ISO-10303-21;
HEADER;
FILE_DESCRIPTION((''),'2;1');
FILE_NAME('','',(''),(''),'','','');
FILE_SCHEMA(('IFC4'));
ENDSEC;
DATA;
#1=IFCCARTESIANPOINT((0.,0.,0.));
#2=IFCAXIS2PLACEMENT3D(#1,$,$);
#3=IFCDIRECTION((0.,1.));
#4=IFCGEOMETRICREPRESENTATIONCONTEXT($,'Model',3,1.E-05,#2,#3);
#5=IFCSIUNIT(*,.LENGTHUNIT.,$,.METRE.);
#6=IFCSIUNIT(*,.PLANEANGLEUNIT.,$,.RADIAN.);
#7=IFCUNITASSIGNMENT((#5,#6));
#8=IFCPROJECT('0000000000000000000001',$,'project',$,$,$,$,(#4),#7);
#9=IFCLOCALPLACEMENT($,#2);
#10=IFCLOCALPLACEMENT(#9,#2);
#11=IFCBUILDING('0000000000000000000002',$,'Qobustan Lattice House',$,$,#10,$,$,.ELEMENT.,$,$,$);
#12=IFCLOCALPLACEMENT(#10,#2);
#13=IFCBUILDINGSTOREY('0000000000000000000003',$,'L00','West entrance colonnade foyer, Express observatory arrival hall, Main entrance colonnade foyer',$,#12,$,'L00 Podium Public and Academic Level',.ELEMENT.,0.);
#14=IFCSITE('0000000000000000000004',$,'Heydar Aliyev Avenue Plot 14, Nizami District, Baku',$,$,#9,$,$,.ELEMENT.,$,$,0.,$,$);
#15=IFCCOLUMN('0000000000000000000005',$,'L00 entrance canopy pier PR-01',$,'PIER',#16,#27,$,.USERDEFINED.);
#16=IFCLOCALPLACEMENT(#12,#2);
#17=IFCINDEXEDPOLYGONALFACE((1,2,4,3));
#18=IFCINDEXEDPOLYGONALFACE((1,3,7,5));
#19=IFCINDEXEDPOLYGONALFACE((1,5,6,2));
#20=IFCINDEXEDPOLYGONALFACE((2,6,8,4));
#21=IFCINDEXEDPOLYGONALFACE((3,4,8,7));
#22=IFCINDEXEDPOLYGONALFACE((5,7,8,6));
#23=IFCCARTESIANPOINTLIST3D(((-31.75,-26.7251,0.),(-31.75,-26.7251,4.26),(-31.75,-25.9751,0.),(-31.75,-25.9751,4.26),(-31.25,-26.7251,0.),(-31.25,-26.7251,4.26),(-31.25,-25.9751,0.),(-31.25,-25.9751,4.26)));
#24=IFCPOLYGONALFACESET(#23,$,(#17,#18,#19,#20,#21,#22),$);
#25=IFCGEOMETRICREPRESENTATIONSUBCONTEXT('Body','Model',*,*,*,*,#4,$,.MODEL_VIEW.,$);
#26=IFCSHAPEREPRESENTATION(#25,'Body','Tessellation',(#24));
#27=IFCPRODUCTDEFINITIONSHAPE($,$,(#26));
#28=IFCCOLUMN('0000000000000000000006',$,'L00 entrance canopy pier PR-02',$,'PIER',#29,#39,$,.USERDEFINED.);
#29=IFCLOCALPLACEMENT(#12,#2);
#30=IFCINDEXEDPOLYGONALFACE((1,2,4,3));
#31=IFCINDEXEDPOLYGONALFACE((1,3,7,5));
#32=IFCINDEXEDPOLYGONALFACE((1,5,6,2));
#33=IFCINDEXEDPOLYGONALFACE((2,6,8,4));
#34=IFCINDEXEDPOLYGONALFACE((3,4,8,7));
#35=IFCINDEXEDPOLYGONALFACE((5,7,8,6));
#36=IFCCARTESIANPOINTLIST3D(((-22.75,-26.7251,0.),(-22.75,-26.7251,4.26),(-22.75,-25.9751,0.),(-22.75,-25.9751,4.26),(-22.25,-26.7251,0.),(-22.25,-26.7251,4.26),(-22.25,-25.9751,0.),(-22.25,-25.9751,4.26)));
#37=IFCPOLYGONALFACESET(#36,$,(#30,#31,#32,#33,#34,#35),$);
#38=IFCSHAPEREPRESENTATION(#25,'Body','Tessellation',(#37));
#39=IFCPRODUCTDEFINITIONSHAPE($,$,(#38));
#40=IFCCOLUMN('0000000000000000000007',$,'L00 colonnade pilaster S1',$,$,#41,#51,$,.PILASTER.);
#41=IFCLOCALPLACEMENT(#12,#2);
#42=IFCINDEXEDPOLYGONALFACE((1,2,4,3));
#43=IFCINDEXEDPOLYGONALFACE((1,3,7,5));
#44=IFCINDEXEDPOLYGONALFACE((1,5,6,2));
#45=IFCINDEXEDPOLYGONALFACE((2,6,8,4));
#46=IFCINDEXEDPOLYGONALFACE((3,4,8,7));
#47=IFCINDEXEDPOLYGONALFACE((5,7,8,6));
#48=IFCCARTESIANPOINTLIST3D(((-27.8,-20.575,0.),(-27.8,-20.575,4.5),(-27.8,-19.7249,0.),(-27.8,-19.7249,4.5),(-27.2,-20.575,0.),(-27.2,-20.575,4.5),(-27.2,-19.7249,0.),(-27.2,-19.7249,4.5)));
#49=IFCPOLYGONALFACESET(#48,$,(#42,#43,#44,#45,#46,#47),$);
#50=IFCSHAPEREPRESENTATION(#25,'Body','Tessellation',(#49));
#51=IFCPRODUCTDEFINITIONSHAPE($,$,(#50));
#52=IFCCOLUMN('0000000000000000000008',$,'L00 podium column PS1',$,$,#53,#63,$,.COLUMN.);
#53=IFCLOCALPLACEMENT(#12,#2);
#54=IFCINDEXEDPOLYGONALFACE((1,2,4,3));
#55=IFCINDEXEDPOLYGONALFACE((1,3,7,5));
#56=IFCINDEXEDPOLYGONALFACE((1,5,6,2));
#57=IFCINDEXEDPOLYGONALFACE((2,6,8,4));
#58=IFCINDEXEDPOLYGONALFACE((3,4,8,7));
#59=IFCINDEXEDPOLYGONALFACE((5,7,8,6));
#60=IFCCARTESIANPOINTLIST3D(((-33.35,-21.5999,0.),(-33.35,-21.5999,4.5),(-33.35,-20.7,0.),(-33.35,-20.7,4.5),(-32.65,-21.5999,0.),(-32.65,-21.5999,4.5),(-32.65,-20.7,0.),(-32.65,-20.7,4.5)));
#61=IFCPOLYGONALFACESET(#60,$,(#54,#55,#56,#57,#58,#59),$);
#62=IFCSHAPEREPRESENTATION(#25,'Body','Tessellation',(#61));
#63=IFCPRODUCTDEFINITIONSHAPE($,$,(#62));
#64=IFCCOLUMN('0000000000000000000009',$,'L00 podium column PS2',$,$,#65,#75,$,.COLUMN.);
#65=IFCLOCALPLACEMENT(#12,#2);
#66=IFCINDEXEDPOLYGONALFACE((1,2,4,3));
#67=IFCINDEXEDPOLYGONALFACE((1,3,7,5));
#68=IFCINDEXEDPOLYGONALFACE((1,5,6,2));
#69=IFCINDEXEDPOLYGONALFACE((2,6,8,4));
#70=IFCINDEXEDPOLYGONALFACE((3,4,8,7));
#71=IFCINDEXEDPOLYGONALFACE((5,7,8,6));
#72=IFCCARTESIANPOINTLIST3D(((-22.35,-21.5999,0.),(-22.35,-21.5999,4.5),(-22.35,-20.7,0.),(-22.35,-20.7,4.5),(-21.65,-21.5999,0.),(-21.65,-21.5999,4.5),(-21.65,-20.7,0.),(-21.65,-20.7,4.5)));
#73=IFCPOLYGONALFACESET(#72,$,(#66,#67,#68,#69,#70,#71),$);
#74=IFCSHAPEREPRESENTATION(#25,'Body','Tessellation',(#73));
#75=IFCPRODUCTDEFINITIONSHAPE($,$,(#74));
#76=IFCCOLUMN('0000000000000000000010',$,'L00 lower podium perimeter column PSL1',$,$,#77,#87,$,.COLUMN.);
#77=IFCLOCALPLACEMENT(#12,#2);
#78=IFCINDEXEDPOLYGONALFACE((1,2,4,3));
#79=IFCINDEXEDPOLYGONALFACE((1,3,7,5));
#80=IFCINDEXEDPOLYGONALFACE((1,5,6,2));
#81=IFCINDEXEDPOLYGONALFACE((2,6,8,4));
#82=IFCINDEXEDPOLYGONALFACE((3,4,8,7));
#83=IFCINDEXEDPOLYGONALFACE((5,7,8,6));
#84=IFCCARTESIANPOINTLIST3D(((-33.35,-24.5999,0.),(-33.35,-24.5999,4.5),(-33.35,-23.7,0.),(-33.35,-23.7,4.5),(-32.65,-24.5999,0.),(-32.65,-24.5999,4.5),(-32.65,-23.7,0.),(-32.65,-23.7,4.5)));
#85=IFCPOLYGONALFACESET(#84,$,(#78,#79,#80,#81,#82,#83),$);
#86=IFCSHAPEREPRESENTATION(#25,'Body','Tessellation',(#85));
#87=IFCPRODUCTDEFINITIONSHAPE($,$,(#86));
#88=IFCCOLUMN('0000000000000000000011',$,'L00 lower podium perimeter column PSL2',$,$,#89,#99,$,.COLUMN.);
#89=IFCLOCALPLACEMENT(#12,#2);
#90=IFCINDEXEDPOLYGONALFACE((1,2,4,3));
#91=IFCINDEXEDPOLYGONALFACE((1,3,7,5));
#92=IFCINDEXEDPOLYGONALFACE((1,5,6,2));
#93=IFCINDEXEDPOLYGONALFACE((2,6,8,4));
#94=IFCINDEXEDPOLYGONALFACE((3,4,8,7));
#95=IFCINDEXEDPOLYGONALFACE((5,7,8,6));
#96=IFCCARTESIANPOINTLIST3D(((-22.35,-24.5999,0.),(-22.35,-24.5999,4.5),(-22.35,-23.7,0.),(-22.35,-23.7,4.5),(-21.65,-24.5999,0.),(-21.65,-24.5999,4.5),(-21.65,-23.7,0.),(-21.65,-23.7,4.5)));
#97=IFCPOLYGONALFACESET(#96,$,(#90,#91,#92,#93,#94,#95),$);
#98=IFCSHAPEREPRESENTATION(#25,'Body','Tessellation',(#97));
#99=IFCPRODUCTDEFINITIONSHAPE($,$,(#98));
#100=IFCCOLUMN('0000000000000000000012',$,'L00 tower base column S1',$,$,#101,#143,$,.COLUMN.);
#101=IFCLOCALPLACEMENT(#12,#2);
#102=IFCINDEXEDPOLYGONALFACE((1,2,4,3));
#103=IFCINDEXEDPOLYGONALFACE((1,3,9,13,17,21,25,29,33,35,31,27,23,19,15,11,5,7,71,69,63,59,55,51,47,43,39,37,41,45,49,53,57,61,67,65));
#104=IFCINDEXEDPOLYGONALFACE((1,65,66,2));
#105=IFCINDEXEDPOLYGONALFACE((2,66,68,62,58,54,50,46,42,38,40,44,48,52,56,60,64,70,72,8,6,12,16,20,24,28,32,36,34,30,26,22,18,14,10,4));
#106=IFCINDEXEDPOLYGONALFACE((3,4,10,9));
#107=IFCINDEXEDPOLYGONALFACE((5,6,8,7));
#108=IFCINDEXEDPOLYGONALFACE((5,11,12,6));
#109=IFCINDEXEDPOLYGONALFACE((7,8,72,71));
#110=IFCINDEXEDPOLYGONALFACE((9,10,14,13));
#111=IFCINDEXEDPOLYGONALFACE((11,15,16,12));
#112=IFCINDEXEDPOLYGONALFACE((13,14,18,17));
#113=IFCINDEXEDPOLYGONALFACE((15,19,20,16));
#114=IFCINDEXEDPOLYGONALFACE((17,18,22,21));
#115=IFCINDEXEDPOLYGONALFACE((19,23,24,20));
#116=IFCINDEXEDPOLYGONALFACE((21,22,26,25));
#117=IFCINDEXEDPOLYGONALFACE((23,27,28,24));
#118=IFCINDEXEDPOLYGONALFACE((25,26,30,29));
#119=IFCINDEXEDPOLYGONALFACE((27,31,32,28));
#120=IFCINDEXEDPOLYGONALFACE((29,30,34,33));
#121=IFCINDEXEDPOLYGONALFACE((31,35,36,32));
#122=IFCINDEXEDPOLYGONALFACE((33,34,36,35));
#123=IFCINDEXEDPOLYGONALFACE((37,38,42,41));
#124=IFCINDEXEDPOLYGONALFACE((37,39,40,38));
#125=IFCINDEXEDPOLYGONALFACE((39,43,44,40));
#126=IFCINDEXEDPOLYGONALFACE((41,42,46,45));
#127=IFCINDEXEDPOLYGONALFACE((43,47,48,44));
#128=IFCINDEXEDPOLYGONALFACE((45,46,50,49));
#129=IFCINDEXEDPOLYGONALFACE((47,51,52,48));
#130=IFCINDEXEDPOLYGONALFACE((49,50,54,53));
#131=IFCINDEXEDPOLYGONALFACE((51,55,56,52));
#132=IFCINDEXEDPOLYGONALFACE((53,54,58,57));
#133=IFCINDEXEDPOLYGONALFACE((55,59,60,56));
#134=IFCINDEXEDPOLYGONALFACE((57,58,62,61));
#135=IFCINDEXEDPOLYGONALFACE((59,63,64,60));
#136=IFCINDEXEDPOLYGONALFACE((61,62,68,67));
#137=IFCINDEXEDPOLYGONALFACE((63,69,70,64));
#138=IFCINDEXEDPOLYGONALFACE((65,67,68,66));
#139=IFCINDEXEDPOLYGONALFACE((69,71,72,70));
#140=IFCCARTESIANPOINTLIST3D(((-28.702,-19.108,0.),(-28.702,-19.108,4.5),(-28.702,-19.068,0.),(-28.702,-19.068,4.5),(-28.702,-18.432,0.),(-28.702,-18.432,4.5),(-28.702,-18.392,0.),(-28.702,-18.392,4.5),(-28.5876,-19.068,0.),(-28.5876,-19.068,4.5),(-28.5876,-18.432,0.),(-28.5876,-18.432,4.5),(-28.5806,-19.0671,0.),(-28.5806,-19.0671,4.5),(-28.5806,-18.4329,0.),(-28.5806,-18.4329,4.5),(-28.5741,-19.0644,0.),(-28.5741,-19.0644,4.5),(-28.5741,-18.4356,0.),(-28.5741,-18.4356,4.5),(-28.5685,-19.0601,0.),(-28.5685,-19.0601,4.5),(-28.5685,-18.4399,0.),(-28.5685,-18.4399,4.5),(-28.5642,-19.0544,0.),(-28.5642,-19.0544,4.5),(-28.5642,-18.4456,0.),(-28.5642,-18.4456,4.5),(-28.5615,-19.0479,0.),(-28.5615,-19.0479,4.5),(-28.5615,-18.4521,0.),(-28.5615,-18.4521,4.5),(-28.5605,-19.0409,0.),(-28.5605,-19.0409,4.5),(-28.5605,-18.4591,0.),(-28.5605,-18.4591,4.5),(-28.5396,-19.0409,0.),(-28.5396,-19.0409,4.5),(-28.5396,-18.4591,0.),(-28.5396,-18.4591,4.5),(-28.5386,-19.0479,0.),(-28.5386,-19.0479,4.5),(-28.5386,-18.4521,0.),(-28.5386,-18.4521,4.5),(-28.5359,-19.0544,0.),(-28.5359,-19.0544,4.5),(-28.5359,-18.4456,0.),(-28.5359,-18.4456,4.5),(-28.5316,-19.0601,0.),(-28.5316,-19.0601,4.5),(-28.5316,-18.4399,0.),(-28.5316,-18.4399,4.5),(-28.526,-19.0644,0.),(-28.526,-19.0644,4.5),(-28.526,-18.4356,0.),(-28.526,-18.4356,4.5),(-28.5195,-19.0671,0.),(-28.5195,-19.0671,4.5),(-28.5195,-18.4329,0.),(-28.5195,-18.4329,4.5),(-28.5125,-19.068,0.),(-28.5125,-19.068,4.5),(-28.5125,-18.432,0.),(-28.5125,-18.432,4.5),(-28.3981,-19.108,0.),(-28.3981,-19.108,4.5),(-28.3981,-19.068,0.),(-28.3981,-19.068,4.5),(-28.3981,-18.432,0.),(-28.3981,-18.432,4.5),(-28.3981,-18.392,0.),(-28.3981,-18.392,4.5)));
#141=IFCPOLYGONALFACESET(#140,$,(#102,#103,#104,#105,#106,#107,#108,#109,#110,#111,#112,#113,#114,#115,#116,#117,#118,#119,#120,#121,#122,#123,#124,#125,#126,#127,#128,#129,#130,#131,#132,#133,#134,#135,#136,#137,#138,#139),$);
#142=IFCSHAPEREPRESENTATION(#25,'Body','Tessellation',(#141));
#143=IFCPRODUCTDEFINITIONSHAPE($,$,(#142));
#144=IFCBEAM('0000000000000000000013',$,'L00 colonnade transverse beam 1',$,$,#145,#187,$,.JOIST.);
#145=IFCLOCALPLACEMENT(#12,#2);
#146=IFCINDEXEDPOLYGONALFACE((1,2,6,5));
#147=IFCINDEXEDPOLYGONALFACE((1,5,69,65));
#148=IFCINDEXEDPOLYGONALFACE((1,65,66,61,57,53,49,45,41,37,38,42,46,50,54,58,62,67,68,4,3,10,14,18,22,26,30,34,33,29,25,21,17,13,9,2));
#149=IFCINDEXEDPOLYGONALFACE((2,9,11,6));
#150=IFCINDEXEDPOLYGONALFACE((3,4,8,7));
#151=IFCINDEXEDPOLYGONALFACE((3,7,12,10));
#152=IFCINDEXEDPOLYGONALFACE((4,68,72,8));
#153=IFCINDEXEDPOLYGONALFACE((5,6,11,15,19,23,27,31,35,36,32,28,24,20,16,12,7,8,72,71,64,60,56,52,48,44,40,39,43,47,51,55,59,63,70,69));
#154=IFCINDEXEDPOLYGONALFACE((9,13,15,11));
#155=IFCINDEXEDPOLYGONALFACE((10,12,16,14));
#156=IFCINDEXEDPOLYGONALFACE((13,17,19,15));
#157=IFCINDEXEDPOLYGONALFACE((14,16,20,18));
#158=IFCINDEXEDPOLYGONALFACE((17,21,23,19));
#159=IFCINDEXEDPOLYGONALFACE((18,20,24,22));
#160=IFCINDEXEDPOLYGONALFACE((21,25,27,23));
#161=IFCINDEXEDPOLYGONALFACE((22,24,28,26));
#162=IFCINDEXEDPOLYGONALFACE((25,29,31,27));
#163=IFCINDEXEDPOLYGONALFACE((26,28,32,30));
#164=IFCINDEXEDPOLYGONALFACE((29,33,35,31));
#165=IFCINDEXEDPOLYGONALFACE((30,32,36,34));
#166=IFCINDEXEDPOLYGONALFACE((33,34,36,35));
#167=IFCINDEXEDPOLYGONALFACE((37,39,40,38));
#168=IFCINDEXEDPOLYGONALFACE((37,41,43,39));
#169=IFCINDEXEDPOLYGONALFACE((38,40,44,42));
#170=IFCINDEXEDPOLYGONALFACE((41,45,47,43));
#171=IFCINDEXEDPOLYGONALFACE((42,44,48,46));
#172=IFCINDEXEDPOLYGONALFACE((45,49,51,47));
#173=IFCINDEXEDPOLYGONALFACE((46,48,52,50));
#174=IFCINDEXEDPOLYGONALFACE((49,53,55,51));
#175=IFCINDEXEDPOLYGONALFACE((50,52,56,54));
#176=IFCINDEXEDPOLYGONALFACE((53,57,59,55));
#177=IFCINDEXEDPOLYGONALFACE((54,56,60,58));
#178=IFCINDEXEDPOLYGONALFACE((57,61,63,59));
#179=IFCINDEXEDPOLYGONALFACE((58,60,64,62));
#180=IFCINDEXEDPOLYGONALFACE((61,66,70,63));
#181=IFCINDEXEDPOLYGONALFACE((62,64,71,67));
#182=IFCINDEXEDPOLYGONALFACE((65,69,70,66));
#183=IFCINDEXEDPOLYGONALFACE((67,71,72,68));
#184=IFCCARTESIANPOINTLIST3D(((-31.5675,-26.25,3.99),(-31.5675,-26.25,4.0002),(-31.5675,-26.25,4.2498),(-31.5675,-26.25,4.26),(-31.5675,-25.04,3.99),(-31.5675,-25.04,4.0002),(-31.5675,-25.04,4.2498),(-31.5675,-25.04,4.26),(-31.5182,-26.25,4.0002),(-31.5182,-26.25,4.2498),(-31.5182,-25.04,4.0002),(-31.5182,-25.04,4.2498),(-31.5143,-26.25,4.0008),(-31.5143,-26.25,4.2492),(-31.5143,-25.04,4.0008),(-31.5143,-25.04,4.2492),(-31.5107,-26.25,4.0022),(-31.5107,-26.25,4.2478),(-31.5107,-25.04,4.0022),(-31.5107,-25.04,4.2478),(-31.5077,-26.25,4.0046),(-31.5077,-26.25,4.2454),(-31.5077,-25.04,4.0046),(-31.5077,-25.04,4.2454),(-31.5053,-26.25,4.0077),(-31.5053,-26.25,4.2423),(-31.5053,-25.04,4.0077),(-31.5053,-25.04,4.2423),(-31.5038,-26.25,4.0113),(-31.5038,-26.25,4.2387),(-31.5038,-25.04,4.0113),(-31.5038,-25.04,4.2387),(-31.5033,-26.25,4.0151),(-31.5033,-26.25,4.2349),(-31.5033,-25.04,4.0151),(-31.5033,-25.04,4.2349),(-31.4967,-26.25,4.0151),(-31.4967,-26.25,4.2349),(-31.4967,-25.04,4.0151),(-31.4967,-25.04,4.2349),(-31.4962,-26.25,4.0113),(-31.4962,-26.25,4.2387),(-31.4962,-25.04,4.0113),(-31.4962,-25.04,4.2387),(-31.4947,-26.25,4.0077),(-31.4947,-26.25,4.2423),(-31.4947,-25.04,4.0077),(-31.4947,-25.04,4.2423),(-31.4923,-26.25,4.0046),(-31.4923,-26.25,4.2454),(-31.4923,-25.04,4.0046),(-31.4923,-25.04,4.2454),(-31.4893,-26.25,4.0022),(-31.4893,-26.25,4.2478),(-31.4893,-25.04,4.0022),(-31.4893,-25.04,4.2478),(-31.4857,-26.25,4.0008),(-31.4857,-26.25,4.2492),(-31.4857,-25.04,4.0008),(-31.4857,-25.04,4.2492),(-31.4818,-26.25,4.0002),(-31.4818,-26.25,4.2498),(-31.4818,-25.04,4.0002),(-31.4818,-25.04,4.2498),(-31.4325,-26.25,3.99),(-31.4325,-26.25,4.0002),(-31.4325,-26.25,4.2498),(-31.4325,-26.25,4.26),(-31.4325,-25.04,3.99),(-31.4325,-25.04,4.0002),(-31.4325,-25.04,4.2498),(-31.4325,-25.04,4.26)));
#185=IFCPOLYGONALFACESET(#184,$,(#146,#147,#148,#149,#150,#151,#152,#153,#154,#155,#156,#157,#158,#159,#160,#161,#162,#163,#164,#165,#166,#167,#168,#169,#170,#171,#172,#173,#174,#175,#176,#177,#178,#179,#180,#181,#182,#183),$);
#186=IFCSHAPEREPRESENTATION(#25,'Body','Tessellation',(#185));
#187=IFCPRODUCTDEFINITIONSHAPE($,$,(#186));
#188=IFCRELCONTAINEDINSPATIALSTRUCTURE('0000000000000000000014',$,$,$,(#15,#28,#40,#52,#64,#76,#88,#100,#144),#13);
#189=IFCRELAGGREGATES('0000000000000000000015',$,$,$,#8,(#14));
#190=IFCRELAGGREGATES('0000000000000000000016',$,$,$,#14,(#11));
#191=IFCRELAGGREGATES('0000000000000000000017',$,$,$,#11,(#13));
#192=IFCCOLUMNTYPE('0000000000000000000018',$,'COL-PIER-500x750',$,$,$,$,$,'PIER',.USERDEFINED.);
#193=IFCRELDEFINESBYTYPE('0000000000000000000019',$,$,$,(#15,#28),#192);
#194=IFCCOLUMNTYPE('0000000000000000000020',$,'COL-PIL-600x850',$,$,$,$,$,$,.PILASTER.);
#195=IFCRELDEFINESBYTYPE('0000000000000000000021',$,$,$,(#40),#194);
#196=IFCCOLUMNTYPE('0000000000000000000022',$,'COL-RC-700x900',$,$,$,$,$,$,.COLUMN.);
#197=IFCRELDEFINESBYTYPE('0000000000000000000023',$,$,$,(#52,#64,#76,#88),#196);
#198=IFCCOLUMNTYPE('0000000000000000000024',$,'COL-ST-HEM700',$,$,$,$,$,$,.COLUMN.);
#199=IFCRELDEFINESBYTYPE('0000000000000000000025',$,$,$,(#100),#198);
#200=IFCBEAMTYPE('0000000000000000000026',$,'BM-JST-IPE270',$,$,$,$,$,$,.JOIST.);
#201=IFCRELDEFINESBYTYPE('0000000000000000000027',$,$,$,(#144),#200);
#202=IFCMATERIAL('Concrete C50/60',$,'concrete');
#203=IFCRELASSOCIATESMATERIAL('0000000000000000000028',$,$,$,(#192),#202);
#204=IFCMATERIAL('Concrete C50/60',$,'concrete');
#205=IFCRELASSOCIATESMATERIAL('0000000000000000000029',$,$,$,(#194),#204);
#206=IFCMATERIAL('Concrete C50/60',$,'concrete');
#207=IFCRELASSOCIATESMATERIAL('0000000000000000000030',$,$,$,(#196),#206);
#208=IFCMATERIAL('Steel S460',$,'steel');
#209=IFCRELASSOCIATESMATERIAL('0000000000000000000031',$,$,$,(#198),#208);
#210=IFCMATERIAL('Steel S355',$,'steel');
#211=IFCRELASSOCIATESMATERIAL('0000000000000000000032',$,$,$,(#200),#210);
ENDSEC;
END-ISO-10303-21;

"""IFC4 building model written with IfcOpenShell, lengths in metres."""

from ifc_helpers import new_model, si_unit, direction, frame, origin, origin_2d, place, context, subcontext, project, spatial, rectangle, i_section, extrude, material, material_profile, profile_set, type_object, element, save


model = new_model("IFC4")

# Units and contexts
model_context = context("Model", 3, precision=1e-05, world=origin(), true_north=direction((0.0, 1.0)))
body_context = subcontext(model_context, "Body", "Model", "MODEL_VIEW")
ifc_project = project(units=[si_unit("LENGTHUNIT", "METRE"), si_unit("PLANEANGLEUNIT", "RADIAN")], contexts=[model_context])

# Site, building, storey
site_placement = place(None, origin())
site = spatial("IfcSite", under=ifc_project, at=site_placement, Name="Heydar Aliyev Avenue Plot 14, Nizami District, Baku", CompositionType="ELEMENT", RefElevation=0.0)
building_placement = place(site_placement, origin())
building = spatial("IfcBuilding", under=site, at=building_placement, Name="Qobustan Lattice House", CompositionType="ELEMENT")
storey_placement = place(building_placement, origin())
storey = spatial("IfcBuildingStorey", under=building, at=storey_placement, Name="L00", Description="West entrance colonnade foyer, Express observatory arrival hall, Main entrance colonnade foyer", LongName="L00 Podium Public and Academic Level", CompositionType="ELEMENT", Elevation=0.0)

# Columns
ifc_material_1 = material(Name="Concrete C50/60", Category="concrete")
ifc_material_profile_1 = material_profile(ifc_material_1, rectangle(XDim=0.5, YDim=0.75, at=origin_2d()), Name="RC500x750")
ifc_profile_set_1 = profile_set([ifc_material_profile_1], Name="Concrete C50/60")
column_type_1 = type_object("IfcColumnType", Name="COL-PIER-500x750", ElementType="PIER", PredefinedType="USERDEFINED", material=ifc_profile_set_1)
for number, where, z_axis, x_axis, name in (
    (1, (-31.5, -26.3501, 0.0), (0.0, 0.0, 1.0), (1.0, 0.0, 0.0), "L00 entrance canopy pier PR-01"),
    (2, (-22.5, -26.3501, 0.0), (0.0, 0.0, 1.0), (1.0, 0.0, 0.0), "L00 entrance canopy pier PR-02"),
):
    element("IfcColumn", number, at=place(storey_placement, frame(where, z_axis=z_axis, x_axis=x_axis)), inside=storey, type_object=column_type_1, Name=name, ObjectType="PIER", PredefinedType="USERDEFINED", context=body_context, shape_type="SweptSolid", body=[
        extrude(rectangle(XDim=0.5, YDim=0.75, at=origin_2d()), origin(), (0.0, 0.0, 1.0), 4.26),
    ])
ifc_material_2 = material(Name="Concrete C50/60", Category="concrete")
ifc_material_profile_2 = material_profile(ifc_material_2, rectangle(XDim=0.6001, YDim=0.8501, at=origin_2d()), Name="RC600x850")
ifc_profile_set_2 = profile_set([ifc_material_profile_2], Name="Concrete C50/60")
column_type_2 = type_object("IfcColumnType", Name="COL-PIL-600x850", PredefinedType="PILASTER", material=ifc_profile_set_2)
column_1_placement = place(storey_placement, frame((-27.5, -20.1499, 0.0), z_axis=(0.0, 0.0, 1.0), x_axis=(1.0, 0.0, 0.0)))
element("IfcColumn", 3, at=column_1_placement, inside=storey, type_object=column_type_2, Name="L00 colonnade pilaster S1", PredefinedType="PILASTER", context=body_context, shape_type="SweptSolid", body=[
    extrude(rectangle(XDim=0.6001, YDim=0.8501, at=origin_2d()), origin(), (0.0, 0.0, 1.0), 4.5),
])
ifc_material_3 = material(Name="Concrete C50/60", Category="concrete")
ifc_material_profile_3 = material_profile(ifc_material_3, rectangle(XDim=0.7, YDim=0.8999, at=origin_2d()), Name="RC700x900")
ifc_profile_set_3 = profile_set([ifc_material_profile_3], Name="Concrete C50/60")
column_type_3 = type_object("IfcColumnType", Name="COL-RC-700x900", PredefinedType="COLUMN", material=ifc_profile_set_3)
for number, where, z_axis, x_axis, name in (
    (4, (-33.0, -21.1499, 0.0), (0.0, 0.0, 1.0), (1.0, 0.0, 0.0), "L00 podium column PS1"),
    (5, (-22.0, -21.1499, 0.0), (0.0, 0.0, 1.0), (1.0, 0.0, 0.0), "L00 podium column PS2"),
    (6, (-33.0, -24.1499, 0.0), (0.0, 0.0, 1.0), (1.0, 0.0, 0.0), "L00 lower podium perimeter column PSL1"),
    (7, (-22.0, -24.1499, 0.0), (0.0, 0.0, 1.0), (1.0, 0.0, 0.0), "L00 lower podium perimeter column PSL2"),
):
    element("IfcColumn", number, at=place(storey_placement, frame(where, z_axis=z_axis, x_axis=x_axis)), inside=storey, type_object=column_type_3, Name=name, PredefinedType="COLUMN", context=body_context, shape_type="SweptSolid", body=[
        extrude(rectangle(XDim=0.7, YDim=0.8999, at=origin_2d()), origin(), (0.0, 0.0, 1.0), 4.5),
    ])
ifc_material_4 = material(Name="Steel S460", Category="steel")
ifc_material_profile_4 = material_profile(ifc_material_4, i_section(OverallWidth=0.304, OverallDepth=0.7161, WebThickness=0.021, FlangeThickness=0.04, FilletRadius=0.0271, at=origin_2d()), Name="HEM700")
ifc_profile_set_4 = profile_set([ifc_material_profile_4], Name="Steel S460")
column_type_4 = type_object("IfcColumnType", Name="COL-ST-HEM700", PredefinedType="COLUMN", material=ifc_profile_set_4)
column_2_placement = place(storey_placement, frame((-28.55, -18.75, 0.0), z_axis=(0.0, 0.0, 1.0), x_axis=(1.0, 0.0, 0.0)))
element("IfcColumn", 8, at=column_2_placement, inside=storey, type_object=column_type_4, Name="L00 tower base column S1", PredefinedType="COLUMN", context=body_context, shape_type="SweptSolid", body=[
    extrude(i_section(OverallWidth=0.304, OverallDepth=0.7161, WebThickness=0.021, FlangeThickness=0.04, FilletRadius=0.0271, at=origin_2d()), origin(), (0.0, 0.0, 1.0), 4.5),
])

# Beam
ifc_material_5 = material(Name="Steel S355", Category="steel")
ifc_material_profile_5 = material_profile(ifc_material_5, i_section(OverallWidth=0.135, OverallDepth=0.27, WebThickness=0.0066, FlangeThickness=0.0103, FilletRadius=0.0149, at=origin_2d()), Name="IPE270")
ifc_profile_set_5 = profile_set([ifc_material_profile_5], Name="Steel S355")
beam_type_1 = type_object("IfcBeamType", Name="BM-JST-IPE270", PredefinedType="JOIST", material=ifc_profile_set_5)
for number, where, z_axis, x_axis, name in (
    (9, (-31.5, -26.25, 4.125), (0.0, 1.0, 0.0), (-1.0, 0.0, 0.0), "L00 colonnade transverse beam 1"),
):
    element("IfcBeam", number, at=place(storey_placement, frame(where, z_axis=z_axis, x_axis=x_axis)), inside=storey, type_object=beam_type_1, Name=name, PredefinedType="JOIST", context=body_context, shape_type="SweptSolid", body=[
        extrude(i_section(OverallWidth=0.135, OverallDepth=0.27, WebThickness=0.0066, FlangeThickness=0.0103, FilletRadius=0.0149, at=origin_2d()), origin(), (0.0, 0.0, 1.0), 1.21),
    ])

save(model, "model.ifc")
